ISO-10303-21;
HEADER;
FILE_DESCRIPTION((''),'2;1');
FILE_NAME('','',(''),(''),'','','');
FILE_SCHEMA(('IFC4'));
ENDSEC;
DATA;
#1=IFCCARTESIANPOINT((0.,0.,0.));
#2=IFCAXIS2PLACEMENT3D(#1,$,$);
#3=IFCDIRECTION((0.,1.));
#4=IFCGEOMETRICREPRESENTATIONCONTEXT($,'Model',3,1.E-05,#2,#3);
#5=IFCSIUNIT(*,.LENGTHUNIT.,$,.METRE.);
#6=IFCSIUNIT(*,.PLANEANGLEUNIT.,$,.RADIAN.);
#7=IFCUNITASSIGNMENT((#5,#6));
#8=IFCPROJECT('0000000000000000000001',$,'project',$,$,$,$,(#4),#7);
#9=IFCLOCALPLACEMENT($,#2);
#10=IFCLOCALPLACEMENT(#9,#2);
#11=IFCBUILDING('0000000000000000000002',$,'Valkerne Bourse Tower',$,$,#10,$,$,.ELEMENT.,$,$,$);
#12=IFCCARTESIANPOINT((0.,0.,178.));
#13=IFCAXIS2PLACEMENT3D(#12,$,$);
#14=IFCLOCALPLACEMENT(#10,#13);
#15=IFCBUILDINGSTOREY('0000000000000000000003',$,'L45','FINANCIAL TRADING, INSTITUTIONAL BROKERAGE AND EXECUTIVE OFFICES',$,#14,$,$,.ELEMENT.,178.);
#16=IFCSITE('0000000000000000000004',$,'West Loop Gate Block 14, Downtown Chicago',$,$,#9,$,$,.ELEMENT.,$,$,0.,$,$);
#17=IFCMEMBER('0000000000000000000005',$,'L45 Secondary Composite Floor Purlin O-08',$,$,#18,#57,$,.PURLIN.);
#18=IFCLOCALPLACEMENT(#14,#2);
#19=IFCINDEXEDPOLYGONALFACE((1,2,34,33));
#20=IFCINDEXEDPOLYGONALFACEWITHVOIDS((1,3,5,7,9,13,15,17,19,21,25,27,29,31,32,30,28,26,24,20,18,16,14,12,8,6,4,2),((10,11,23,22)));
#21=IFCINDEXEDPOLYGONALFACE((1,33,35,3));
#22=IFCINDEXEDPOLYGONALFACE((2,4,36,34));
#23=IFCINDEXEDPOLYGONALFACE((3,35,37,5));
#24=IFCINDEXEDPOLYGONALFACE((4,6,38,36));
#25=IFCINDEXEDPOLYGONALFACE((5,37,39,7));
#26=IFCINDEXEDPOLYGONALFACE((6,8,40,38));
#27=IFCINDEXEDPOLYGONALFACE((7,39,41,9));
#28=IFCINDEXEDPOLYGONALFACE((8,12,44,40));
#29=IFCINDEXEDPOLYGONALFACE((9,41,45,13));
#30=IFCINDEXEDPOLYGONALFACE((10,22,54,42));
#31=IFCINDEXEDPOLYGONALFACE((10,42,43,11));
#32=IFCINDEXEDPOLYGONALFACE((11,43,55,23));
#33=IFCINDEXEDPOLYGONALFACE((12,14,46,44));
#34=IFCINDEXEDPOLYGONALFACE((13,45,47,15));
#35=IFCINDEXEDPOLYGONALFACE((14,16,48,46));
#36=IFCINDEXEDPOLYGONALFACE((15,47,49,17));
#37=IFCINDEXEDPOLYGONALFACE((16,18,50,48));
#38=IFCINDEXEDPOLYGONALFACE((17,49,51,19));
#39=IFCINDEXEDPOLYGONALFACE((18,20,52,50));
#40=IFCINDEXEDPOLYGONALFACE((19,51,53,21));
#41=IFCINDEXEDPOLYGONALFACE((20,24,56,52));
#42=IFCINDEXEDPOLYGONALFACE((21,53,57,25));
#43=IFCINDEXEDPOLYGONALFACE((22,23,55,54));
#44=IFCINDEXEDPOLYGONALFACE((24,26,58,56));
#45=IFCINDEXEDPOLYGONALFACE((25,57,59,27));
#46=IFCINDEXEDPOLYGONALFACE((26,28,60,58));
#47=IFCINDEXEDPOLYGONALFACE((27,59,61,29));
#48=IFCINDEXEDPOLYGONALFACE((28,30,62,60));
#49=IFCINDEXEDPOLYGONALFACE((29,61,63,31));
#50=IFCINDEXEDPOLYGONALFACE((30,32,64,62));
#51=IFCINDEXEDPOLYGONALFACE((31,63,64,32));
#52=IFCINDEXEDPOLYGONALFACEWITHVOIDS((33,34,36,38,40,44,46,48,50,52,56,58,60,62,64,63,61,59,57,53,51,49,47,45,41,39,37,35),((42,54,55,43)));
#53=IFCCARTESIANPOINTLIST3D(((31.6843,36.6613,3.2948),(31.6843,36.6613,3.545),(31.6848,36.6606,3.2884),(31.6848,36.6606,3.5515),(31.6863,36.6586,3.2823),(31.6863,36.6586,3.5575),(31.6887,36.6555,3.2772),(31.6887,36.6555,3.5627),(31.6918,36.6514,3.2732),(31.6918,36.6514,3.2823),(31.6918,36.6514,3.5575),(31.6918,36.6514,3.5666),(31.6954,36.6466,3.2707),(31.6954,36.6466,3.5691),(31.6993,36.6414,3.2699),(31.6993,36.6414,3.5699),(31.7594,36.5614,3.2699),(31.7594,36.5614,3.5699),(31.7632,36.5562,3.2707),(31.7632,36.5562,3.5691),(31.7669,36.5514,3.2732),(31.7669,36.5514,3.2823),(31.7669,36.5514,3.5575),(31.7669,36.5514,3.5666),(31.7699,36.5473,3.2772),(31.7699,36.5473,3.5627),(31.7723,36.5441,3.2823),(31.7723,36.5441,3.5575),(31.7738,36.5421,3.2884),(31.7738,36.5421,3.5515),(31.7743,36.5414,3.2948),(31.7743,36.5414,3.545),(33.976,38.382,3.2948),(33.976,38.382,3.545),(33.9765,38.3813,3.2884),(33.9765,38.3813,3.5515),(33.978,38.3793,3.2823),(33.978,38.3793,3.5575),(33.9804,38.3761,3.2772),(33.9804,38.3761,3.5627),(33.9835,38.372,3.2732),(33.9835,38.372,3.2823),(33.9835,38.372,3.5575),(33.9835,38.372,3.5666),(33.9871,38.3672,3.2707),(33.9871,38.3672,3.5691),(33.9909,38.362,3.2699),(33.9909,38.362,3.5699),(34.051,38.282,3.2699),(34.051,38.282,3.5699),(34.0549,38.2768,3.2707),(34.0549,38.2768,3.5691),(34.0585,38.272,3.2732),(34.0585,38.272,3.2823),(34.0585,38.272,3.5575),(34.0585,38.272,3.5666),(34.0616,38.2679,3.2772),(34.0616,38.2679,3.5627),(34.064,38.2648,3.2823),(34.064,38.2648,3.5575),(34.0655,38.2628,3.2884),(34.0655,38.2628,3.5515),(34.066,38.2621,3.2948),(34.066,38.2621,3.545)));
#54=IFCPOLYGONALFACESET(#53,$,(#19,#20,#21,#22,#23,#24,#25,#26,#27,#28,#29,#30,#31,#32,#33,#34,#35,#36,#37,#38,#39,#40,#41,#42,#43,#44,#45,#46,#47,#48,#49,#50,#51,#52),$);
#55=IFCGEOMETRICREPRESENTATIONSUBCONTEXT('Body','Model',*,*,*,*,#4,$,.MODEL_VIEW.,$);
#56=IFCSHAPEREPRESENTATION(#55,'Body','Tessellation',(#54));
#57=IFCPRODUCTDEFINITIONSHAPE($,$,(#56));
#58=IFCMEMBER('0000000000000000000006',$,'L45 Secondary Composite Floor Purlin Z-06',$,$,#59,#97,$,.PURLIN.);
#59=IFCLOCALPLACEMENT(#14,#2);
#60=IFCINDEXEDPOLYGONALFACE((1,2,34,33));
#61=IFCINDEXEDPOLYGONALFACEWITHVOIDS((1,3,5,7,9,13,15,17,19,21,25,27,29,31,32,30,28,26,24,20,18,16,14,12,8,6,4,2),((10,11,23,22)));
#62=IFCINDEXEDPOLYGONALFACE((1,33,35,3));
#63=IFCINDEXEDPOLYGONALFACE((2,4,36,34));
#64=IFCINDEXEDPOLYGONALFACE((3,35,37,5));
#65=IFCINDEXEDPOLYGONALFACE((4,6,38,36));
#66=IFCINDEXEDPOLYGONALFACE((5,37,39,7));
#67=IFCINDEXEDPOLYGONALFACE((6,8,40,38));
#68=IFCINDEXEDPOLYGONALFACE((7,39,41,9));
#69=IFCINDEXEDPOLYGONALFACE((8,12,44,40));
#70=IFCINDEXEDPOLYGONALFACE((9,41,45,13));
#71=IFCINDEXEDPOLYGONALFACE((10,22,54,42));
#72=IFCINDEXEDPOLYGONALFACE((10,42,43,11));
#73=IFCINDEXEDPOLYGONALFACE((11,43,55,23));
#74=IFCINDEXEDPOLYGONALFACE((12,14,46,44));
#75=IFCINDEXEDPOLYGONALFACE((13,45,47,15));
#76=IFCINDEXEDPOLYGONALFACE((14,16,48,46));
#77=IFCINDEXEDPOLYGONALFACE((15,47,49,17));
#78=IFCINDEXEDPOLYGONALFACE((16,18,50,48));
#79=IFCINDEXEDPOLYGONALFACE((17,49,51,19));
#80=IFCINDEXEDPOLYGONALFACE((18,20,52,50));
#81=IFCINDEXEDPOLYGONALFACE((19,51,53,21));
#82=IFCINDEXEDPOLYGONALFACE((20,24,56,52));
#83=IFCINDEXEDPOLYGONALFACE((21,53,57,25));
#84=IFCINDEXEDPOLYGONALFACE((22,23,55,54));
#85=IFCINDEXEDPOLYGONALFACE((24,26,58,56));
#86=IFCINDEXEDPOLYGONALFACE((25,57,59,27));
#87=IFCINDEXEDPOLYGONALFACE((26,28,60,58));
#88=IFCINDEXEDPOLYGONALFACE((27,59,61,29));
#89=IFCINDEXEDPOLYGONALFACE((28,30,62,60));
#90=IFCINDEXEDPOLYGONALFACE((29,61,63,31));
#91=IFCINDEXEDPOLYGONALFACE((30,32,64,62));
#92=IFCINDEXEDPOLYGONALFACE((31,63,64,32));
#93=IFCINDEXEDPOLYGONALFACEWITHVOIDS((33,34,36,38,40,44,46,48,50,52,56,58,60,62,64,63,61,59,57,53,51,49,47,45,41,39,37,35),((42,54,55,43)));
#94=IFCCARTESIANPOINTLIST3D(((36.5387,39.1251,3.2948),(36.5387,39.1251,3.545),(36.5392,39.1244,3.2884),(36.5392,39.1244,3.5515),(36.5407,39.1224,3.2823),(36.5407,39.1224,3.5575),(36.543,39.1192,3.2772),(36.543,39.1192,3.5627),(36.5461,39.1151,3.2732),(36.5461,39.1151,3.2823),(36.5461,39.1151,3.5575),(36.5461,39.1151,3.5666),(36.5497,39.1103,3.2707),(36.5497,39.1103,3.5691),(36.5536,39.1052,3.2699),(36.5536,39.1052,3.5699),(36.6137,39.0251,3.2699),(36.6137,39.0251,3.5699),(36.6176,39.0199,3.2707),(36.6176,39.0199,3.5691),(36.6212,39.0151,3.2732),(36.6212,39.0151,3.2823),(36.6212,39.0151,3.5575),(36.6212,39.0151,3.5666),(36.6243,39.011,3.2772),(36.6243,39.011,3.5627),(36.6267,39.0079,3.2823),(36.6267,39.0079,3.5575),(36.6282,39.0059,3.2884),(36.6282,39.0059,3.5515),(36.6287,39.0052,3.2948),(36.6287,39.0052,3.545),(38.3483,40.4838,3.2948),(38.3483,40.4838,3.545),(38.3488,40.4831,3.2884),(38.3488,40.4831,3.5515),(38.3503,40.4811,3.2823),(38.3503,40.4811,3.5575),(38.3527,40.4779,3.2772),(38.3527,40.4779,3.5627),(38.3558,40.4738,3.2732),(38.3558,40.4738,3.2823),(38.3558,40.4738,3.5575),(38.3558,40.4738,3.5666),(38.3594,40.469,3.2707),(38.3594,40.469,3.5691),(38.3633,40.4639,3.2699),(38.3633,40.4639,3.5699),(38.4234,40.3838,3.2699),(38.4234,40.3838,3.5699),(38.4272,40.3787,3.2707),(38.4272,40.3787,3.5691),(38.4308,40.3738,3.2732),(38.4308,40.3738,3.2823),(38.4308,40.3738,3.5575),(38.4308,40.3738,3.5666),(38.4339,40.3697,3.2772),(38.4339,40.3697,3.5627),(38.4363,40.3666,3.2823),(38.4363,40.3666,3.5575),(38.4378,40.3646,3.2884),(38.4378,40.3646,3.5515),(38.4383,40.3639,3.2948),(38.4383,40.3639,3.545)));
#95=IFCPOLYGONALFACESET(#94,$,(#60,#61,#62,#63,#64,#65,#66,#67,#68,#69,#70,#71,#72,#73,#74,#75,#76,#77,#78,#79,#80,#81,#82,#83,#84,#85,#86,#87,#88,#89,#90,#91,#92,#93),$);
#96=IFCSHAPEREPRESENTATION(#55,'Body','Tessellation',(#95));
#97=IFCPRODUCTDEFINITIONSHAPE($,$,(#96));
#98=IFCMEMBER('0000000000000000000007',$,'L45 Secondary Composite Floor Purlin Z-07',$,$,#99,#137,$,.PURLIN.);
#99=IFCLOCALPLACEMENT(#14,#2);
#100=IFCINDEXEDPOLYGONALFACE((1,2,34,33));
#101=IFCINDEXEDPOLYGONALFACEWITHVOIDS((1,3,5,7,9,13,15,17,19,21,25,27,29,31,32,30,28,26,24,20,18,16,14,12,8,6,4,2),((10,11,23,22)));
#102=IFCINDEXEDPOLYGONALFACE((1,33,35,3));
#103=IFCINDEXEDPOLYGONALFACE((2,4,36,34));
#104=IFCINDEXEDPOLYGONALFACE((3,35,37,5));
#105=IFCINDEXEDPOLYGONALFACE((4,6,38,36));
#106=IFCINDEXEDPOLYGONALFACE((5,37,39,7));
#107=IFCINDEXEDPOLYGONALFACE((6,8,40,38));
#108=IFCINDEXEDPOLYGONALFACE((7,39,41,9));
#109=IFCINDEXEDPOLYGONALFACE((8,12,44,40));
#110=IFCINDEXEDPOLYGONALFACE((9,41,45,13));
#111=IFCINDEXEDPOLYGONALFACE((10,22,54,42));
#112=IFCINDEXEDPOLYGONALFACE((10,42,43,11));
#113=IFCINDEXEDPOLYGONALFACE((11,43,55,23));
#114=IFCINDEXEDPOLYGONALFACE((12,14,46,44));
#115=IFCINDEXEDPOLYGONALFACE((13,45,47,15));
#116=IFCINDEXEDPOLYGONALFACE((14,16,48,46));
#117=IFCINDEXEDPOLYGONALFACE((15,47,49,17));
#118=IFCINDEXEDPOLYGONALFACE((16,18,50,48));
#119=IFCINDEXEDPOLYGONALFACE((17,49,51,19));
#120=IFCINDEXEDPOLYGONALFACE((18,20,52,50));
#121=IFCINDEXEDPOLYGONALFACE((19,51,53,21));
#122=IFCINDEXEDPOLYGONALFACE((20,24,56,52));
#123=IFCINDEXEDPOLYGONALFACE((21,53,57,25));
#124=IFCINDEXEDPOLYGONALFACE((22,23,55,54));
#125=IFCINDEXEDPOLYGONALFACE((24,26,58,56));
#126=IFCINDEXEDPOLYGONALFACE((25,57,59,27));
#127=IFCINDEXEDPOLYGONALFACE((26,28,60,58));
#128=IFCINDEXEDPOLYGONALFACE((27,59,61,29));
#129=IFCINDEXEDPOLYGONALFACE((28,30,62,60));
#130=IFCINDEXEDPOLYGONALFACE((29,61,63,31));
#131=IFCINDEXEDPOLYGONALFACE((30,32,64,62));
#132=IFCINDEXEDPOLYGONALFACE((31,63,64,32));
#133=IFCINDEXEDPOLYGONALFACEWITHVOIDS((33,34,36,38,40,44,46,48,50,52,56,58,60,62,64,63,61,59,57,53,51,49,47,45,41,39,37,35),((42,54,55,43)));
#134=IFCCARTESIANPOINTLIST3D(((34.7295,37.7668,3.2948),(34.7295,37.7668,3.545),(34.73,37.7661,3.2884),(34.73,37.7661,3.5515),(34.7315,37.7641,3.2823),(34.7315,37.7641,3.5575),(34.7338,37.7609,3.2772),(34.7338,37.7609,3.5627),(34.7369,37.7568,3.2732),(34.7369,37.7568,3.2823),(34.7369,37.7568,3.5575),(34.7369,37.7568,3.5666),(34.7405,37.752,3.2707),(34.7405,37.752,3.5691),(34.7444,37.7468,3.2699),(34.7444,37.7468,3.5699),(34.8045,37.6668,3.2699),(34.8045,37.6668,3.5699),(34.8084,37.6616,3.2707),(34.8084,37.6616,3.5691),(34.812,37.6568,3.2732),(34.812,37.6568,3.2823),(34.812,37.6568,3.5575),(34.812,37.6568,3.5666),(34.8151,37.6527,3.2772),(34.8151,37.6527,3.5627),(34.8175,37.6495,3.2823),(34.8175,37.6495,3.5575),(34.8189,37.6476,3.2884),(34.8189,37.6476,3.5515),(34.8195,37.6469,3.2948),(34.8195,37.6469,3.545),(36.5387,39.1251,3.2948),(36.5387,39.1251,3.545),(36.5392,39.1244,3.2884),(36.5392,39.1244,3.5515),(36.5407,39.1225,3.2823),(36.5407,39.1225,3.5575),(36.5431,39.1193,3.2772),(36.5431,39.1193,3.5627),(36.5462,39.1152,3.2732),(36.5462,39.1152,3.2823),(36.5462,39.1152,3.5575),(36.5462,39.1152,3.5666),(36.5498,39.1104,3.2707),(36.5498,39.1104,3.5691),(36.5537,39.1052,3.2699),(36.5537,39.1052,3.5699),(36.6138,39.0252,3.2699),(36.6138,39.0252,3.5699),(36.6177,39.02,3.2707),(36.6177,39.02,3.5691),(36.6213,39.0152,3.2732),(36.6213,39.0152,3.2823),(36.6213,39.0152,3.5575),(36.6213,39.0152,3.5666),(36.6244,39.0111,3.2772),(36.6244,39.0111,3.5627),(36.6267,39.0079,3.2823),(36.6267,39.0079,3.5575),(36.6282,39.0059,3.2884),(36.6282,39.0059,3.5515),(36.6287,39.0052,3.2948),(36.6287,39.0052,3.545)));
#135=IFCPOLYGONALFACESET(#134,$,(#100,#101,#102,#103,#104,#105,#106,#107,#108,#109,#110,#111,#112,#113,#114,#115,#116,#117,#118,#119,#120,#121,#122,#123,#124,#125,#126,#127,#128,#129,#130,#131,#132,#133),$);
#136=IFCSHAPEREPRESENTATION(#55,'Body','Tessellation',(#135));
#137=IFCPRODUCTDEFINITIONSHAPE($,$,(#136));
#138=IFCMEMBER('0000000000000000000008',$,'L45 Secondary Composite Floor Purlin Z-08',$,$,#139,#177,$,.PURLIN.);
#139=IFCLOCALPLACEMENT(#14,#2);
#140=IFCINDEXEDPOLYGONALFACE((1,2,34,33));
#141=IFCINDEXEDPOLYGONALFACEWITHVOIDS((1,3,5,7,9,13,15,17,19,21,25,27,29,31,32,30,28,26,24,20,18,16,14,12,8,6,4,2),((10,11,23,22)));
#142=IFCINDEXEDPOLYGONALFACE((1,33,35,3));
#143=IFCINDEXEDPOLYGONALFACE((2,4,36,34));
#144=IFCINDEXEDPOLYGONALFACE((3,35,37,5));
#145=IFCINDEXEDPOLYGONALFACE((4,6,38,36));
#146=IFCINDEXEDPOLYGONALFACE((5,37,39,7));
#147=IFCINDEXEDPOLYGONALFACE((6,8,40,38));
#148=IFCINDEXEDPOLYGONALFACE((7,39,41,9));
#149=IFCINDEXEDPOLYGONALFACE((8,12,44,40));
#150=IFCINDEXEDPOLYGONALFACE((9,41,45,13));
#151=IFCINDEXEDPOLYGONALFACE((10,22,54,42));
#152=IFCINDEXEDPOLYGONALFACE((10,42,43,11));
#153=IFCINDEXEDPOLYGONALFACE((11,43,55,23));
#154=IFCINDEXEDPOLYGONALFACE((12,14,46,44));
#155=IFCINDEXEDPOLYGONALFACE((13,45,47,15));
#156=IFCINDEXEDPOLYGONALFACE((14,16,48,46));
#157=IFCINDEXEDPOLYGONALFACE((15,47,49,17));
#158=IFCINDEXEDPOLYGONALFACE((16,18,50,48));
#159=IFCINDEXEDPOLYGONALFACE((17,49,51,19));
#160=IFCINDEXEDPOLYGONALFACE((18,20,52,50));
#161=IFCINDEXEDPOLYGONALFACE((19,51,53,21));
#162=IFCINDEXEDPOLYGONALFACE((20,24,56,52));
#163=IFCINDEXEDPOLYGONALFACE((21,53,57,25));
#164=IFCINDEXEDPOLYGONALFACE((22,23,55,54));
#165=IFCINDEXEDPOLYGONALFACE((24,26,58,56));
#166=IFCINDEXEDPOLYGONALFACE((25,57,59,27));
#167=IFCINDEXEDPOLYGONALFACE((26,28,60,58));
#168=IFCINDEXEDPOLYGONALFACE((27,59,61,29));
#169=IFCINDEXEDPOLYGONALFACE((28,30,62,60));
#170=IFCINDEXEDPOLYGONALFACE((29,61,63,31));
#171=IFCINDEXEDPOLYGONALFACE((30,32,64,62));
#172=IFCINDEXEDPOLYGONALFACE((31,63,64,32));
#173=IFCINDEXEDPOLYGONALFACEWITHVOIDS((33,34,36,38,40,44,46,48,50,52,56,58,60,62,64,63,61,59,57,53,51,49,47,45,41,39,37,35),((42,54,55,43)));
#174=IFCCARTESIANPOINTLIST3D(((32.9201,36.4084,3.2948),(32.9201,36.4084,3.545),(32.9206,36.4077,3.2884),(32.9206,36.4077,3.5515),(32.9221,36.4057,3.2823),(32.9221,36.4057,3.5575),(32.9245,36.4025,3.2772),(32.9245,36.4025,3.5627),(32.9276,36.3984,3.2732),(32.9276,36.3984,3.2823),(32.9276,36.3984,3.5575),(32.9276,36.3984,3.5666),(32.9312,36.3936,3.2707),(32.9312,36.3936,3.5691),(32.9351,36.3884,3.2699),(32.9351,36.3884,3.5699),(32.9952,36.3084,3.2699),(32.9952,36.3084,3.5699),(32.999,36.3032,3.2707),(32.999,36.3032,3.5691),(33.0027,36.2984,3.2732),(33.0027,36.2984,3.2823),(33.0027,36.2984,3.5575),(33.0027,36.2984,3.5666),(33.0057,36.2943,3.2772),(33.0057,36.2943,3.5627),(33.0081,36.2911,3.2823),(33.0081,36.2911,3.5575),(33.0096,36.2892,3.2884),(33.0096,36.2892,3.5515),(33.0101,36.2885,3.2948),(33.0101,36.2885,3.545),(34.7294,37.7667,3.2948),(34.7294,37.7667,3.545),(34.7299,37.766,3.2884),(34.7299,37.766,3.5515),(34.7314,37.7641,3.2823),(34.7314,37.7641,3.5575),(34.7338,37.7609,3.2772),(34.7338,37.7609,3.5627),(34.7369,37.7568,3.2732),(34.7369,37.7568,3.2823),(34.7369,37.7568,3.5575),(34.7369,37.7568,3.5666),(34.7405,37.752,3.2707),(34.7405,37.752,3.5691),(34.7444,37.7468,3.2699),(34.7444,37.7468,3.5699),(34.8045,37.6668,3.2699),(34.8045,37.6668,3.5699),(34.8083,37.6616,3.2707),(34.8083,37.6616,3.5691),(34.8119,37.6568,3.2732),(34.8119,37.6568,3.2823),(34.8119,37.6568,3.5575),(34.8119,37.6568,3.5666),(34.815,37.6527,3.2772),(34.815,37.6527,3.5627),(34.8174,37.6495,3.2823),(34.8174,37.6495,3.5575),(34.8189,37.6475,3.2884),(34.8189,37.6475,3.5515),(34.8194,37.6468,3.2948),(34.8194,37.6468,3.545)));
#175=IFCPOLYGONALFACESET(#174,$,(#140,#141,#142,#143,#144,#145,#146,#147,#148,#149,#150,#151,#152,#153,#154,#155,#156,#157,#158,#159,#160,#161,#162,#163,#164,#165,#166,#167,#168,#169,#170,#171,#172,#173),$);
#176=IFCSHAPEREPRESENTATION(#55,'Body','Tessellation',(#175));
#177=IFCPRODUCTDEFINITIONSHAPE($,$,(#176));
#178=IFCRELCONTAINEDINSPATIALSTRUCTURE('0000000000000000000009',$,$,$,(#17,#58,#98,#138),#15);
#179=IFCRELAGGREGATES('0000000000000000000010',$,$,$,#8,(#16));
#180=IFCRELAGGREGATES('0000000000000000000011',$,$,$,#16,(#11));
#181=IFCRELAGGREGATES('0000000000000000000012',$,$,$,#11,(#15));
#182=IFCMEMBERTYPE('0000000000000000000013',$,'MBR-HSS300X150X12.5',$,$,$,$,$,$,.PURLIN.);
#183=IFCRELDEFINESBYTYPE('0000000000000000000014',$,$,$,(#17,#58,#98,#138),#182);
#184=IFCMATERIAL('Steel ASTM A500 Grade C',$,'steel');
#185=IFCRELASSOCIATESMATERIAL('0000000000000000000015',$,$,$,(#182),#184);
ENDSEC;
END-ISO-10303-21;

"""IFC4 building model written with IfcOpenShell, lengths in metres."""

from ifc_helpers import new_model, si_unit, direction, frame, origin, origin_2d, place, context, subcontext, project, spatial, hollow_rectangle, extrude, material, material_profile, profile_set, type_object, element, save


model = new_model("IFC4")

# Units and contexts
model_context = context("Model", 3, precision=1e-05, world=origin(), true_north=direction((0.0, 1.0)))
body_context = subcontext(model_context, "Body", "Model", "MODEL_VIEW")
ifc_project = project(units=[si_unit("LENGTHUNIT", "METRE"), si_unit("PLANEANGLEUNIT", "RADIAN")], contexts=[model_context])

# Site, building, storey
site_placement = place(None, origin())
site = spatial("IfcSite", under=ifc_project, at=site_placement, Name="West Loop Gate Block 14, Downtown Chicago", CompositionType="ELEMENT", RefElevation=0.0)
building_placement = place(site_placement, origin())
building = spatial("IfcBuilding", under=site, at=building_placement, Name="Valkerne Bourse Tower", CompositionType="ELEMENT")
storey_placement = place(building_placement, frame((0.0, 0.0, 178.0)))
storey = spatial("IfcBuildingStorey", under=building, at=storey_placement, Name="L45", Description="FINANCIAL TRADING, INSTITUTIONAL BROKERAGE AND EXECUTIVE OFFICES", CompositionType="ELEMENT", Elevation=178.0)

# Members
ifc_material_1 = material(Name="Steel ASTM A500 Grade C", Category="steel")
ifc_material_profile_1 = material_profile(ifc_material_1, hollow_rectangle(XDim=0.1499, YDim=0.3, WallThickness=0.0125, OuterFilletRadius=0.0249, at=origin_2d()), Name="HSS300X150X12.5")
ifc_profile_set_1 = profile_set([ifc_material_profile_1], Name="Steel ASTM A500 Grade C")
member_type_1 = type_object("IfcMemberType", Name="MBR-HSS300X150X12.5", PredefinedType="PURLIN", material=ifc_profile_set_1)
member_1_placement = place(storey_placement, frame((34.021, 38.322, 3.4199), z_axis=(-0.799683, -0.600422, 0.0), x_axis=(0.600422, -0.799683, 0.0)))
element("IfcMember", 1, at=member_1_placement, inside=storey, type_object=member_type_1, Name="L45 Secondary Composite Floor Purlin O-08", PredefinedType="PURLIN", context=body_context, shape_type="SweptSolid", body=[
    extrude(hollow_rectangle(XDim=0.1499, YDim=0.3, WallThickness=0.0125, OuterFilletRadius=0.0249, at=origin_2d()), origin(), (0.0, 0.0, 1.0), 2.8657),
])
member_2_placement = place(storey_placement, frame((38.3933, 40.4238, 3.4199), z_axis=(-0.799689, -0.600414, 0.0), x_axis=(0.600414, -0.799689, 0.0)))
element("IfcMember", 2, at=member_2_placement, inside=storey, type_object=member_type_1, Name="L45 Secondary Composite Floor Purlin Z-06", PredefinedType="PURLIN", context=body_context, shape_type="SweptSolid", body=[
    extrude(hollow_rectangle(XDim=0.1499, YDim=0.3, WallThickness=0.0125, OuterFilletRadius=0.0249, at=origin_2d()), origin(), (0.0, 0.0, 1.0), 2.2629),
])
for number, where, z_axis, x_axis, name in (
    (3, (36.5837, 39.0652, 3.4199), (-0.799702, -0.600397, 0.0), (0.600397, -0.799702, 0.0), "L45 Secondary Composite Floor Purlin Z-07"),
    (4, (34.7744, 37.7068, 3.4199), (-0.799702, -0.600397, 0.0), (0.600397, -0.799702, 0.0), "L45 Secondary Composite Floor Purlin Z-08"),
):
    element("IfcMember", number, at=place(storey_placement, frame(where, z_axis=z_axis, x_axis=x_axis)), inside=storey, type_object=member_type_1, Name=name, PredefinedType="PURLIN", context=body_context, shape_type="SweptSolid", body=[
        extrude(hollow_rectangle(XDim=0.1499, YDim=0.3, WallThickness=0.0125, OuterFilletRadius=0.0249, at=origin_2d()), origin(), (0.0, 0.0, 1.0), 2.2625),
    ])

save(model, "model.ifc")
